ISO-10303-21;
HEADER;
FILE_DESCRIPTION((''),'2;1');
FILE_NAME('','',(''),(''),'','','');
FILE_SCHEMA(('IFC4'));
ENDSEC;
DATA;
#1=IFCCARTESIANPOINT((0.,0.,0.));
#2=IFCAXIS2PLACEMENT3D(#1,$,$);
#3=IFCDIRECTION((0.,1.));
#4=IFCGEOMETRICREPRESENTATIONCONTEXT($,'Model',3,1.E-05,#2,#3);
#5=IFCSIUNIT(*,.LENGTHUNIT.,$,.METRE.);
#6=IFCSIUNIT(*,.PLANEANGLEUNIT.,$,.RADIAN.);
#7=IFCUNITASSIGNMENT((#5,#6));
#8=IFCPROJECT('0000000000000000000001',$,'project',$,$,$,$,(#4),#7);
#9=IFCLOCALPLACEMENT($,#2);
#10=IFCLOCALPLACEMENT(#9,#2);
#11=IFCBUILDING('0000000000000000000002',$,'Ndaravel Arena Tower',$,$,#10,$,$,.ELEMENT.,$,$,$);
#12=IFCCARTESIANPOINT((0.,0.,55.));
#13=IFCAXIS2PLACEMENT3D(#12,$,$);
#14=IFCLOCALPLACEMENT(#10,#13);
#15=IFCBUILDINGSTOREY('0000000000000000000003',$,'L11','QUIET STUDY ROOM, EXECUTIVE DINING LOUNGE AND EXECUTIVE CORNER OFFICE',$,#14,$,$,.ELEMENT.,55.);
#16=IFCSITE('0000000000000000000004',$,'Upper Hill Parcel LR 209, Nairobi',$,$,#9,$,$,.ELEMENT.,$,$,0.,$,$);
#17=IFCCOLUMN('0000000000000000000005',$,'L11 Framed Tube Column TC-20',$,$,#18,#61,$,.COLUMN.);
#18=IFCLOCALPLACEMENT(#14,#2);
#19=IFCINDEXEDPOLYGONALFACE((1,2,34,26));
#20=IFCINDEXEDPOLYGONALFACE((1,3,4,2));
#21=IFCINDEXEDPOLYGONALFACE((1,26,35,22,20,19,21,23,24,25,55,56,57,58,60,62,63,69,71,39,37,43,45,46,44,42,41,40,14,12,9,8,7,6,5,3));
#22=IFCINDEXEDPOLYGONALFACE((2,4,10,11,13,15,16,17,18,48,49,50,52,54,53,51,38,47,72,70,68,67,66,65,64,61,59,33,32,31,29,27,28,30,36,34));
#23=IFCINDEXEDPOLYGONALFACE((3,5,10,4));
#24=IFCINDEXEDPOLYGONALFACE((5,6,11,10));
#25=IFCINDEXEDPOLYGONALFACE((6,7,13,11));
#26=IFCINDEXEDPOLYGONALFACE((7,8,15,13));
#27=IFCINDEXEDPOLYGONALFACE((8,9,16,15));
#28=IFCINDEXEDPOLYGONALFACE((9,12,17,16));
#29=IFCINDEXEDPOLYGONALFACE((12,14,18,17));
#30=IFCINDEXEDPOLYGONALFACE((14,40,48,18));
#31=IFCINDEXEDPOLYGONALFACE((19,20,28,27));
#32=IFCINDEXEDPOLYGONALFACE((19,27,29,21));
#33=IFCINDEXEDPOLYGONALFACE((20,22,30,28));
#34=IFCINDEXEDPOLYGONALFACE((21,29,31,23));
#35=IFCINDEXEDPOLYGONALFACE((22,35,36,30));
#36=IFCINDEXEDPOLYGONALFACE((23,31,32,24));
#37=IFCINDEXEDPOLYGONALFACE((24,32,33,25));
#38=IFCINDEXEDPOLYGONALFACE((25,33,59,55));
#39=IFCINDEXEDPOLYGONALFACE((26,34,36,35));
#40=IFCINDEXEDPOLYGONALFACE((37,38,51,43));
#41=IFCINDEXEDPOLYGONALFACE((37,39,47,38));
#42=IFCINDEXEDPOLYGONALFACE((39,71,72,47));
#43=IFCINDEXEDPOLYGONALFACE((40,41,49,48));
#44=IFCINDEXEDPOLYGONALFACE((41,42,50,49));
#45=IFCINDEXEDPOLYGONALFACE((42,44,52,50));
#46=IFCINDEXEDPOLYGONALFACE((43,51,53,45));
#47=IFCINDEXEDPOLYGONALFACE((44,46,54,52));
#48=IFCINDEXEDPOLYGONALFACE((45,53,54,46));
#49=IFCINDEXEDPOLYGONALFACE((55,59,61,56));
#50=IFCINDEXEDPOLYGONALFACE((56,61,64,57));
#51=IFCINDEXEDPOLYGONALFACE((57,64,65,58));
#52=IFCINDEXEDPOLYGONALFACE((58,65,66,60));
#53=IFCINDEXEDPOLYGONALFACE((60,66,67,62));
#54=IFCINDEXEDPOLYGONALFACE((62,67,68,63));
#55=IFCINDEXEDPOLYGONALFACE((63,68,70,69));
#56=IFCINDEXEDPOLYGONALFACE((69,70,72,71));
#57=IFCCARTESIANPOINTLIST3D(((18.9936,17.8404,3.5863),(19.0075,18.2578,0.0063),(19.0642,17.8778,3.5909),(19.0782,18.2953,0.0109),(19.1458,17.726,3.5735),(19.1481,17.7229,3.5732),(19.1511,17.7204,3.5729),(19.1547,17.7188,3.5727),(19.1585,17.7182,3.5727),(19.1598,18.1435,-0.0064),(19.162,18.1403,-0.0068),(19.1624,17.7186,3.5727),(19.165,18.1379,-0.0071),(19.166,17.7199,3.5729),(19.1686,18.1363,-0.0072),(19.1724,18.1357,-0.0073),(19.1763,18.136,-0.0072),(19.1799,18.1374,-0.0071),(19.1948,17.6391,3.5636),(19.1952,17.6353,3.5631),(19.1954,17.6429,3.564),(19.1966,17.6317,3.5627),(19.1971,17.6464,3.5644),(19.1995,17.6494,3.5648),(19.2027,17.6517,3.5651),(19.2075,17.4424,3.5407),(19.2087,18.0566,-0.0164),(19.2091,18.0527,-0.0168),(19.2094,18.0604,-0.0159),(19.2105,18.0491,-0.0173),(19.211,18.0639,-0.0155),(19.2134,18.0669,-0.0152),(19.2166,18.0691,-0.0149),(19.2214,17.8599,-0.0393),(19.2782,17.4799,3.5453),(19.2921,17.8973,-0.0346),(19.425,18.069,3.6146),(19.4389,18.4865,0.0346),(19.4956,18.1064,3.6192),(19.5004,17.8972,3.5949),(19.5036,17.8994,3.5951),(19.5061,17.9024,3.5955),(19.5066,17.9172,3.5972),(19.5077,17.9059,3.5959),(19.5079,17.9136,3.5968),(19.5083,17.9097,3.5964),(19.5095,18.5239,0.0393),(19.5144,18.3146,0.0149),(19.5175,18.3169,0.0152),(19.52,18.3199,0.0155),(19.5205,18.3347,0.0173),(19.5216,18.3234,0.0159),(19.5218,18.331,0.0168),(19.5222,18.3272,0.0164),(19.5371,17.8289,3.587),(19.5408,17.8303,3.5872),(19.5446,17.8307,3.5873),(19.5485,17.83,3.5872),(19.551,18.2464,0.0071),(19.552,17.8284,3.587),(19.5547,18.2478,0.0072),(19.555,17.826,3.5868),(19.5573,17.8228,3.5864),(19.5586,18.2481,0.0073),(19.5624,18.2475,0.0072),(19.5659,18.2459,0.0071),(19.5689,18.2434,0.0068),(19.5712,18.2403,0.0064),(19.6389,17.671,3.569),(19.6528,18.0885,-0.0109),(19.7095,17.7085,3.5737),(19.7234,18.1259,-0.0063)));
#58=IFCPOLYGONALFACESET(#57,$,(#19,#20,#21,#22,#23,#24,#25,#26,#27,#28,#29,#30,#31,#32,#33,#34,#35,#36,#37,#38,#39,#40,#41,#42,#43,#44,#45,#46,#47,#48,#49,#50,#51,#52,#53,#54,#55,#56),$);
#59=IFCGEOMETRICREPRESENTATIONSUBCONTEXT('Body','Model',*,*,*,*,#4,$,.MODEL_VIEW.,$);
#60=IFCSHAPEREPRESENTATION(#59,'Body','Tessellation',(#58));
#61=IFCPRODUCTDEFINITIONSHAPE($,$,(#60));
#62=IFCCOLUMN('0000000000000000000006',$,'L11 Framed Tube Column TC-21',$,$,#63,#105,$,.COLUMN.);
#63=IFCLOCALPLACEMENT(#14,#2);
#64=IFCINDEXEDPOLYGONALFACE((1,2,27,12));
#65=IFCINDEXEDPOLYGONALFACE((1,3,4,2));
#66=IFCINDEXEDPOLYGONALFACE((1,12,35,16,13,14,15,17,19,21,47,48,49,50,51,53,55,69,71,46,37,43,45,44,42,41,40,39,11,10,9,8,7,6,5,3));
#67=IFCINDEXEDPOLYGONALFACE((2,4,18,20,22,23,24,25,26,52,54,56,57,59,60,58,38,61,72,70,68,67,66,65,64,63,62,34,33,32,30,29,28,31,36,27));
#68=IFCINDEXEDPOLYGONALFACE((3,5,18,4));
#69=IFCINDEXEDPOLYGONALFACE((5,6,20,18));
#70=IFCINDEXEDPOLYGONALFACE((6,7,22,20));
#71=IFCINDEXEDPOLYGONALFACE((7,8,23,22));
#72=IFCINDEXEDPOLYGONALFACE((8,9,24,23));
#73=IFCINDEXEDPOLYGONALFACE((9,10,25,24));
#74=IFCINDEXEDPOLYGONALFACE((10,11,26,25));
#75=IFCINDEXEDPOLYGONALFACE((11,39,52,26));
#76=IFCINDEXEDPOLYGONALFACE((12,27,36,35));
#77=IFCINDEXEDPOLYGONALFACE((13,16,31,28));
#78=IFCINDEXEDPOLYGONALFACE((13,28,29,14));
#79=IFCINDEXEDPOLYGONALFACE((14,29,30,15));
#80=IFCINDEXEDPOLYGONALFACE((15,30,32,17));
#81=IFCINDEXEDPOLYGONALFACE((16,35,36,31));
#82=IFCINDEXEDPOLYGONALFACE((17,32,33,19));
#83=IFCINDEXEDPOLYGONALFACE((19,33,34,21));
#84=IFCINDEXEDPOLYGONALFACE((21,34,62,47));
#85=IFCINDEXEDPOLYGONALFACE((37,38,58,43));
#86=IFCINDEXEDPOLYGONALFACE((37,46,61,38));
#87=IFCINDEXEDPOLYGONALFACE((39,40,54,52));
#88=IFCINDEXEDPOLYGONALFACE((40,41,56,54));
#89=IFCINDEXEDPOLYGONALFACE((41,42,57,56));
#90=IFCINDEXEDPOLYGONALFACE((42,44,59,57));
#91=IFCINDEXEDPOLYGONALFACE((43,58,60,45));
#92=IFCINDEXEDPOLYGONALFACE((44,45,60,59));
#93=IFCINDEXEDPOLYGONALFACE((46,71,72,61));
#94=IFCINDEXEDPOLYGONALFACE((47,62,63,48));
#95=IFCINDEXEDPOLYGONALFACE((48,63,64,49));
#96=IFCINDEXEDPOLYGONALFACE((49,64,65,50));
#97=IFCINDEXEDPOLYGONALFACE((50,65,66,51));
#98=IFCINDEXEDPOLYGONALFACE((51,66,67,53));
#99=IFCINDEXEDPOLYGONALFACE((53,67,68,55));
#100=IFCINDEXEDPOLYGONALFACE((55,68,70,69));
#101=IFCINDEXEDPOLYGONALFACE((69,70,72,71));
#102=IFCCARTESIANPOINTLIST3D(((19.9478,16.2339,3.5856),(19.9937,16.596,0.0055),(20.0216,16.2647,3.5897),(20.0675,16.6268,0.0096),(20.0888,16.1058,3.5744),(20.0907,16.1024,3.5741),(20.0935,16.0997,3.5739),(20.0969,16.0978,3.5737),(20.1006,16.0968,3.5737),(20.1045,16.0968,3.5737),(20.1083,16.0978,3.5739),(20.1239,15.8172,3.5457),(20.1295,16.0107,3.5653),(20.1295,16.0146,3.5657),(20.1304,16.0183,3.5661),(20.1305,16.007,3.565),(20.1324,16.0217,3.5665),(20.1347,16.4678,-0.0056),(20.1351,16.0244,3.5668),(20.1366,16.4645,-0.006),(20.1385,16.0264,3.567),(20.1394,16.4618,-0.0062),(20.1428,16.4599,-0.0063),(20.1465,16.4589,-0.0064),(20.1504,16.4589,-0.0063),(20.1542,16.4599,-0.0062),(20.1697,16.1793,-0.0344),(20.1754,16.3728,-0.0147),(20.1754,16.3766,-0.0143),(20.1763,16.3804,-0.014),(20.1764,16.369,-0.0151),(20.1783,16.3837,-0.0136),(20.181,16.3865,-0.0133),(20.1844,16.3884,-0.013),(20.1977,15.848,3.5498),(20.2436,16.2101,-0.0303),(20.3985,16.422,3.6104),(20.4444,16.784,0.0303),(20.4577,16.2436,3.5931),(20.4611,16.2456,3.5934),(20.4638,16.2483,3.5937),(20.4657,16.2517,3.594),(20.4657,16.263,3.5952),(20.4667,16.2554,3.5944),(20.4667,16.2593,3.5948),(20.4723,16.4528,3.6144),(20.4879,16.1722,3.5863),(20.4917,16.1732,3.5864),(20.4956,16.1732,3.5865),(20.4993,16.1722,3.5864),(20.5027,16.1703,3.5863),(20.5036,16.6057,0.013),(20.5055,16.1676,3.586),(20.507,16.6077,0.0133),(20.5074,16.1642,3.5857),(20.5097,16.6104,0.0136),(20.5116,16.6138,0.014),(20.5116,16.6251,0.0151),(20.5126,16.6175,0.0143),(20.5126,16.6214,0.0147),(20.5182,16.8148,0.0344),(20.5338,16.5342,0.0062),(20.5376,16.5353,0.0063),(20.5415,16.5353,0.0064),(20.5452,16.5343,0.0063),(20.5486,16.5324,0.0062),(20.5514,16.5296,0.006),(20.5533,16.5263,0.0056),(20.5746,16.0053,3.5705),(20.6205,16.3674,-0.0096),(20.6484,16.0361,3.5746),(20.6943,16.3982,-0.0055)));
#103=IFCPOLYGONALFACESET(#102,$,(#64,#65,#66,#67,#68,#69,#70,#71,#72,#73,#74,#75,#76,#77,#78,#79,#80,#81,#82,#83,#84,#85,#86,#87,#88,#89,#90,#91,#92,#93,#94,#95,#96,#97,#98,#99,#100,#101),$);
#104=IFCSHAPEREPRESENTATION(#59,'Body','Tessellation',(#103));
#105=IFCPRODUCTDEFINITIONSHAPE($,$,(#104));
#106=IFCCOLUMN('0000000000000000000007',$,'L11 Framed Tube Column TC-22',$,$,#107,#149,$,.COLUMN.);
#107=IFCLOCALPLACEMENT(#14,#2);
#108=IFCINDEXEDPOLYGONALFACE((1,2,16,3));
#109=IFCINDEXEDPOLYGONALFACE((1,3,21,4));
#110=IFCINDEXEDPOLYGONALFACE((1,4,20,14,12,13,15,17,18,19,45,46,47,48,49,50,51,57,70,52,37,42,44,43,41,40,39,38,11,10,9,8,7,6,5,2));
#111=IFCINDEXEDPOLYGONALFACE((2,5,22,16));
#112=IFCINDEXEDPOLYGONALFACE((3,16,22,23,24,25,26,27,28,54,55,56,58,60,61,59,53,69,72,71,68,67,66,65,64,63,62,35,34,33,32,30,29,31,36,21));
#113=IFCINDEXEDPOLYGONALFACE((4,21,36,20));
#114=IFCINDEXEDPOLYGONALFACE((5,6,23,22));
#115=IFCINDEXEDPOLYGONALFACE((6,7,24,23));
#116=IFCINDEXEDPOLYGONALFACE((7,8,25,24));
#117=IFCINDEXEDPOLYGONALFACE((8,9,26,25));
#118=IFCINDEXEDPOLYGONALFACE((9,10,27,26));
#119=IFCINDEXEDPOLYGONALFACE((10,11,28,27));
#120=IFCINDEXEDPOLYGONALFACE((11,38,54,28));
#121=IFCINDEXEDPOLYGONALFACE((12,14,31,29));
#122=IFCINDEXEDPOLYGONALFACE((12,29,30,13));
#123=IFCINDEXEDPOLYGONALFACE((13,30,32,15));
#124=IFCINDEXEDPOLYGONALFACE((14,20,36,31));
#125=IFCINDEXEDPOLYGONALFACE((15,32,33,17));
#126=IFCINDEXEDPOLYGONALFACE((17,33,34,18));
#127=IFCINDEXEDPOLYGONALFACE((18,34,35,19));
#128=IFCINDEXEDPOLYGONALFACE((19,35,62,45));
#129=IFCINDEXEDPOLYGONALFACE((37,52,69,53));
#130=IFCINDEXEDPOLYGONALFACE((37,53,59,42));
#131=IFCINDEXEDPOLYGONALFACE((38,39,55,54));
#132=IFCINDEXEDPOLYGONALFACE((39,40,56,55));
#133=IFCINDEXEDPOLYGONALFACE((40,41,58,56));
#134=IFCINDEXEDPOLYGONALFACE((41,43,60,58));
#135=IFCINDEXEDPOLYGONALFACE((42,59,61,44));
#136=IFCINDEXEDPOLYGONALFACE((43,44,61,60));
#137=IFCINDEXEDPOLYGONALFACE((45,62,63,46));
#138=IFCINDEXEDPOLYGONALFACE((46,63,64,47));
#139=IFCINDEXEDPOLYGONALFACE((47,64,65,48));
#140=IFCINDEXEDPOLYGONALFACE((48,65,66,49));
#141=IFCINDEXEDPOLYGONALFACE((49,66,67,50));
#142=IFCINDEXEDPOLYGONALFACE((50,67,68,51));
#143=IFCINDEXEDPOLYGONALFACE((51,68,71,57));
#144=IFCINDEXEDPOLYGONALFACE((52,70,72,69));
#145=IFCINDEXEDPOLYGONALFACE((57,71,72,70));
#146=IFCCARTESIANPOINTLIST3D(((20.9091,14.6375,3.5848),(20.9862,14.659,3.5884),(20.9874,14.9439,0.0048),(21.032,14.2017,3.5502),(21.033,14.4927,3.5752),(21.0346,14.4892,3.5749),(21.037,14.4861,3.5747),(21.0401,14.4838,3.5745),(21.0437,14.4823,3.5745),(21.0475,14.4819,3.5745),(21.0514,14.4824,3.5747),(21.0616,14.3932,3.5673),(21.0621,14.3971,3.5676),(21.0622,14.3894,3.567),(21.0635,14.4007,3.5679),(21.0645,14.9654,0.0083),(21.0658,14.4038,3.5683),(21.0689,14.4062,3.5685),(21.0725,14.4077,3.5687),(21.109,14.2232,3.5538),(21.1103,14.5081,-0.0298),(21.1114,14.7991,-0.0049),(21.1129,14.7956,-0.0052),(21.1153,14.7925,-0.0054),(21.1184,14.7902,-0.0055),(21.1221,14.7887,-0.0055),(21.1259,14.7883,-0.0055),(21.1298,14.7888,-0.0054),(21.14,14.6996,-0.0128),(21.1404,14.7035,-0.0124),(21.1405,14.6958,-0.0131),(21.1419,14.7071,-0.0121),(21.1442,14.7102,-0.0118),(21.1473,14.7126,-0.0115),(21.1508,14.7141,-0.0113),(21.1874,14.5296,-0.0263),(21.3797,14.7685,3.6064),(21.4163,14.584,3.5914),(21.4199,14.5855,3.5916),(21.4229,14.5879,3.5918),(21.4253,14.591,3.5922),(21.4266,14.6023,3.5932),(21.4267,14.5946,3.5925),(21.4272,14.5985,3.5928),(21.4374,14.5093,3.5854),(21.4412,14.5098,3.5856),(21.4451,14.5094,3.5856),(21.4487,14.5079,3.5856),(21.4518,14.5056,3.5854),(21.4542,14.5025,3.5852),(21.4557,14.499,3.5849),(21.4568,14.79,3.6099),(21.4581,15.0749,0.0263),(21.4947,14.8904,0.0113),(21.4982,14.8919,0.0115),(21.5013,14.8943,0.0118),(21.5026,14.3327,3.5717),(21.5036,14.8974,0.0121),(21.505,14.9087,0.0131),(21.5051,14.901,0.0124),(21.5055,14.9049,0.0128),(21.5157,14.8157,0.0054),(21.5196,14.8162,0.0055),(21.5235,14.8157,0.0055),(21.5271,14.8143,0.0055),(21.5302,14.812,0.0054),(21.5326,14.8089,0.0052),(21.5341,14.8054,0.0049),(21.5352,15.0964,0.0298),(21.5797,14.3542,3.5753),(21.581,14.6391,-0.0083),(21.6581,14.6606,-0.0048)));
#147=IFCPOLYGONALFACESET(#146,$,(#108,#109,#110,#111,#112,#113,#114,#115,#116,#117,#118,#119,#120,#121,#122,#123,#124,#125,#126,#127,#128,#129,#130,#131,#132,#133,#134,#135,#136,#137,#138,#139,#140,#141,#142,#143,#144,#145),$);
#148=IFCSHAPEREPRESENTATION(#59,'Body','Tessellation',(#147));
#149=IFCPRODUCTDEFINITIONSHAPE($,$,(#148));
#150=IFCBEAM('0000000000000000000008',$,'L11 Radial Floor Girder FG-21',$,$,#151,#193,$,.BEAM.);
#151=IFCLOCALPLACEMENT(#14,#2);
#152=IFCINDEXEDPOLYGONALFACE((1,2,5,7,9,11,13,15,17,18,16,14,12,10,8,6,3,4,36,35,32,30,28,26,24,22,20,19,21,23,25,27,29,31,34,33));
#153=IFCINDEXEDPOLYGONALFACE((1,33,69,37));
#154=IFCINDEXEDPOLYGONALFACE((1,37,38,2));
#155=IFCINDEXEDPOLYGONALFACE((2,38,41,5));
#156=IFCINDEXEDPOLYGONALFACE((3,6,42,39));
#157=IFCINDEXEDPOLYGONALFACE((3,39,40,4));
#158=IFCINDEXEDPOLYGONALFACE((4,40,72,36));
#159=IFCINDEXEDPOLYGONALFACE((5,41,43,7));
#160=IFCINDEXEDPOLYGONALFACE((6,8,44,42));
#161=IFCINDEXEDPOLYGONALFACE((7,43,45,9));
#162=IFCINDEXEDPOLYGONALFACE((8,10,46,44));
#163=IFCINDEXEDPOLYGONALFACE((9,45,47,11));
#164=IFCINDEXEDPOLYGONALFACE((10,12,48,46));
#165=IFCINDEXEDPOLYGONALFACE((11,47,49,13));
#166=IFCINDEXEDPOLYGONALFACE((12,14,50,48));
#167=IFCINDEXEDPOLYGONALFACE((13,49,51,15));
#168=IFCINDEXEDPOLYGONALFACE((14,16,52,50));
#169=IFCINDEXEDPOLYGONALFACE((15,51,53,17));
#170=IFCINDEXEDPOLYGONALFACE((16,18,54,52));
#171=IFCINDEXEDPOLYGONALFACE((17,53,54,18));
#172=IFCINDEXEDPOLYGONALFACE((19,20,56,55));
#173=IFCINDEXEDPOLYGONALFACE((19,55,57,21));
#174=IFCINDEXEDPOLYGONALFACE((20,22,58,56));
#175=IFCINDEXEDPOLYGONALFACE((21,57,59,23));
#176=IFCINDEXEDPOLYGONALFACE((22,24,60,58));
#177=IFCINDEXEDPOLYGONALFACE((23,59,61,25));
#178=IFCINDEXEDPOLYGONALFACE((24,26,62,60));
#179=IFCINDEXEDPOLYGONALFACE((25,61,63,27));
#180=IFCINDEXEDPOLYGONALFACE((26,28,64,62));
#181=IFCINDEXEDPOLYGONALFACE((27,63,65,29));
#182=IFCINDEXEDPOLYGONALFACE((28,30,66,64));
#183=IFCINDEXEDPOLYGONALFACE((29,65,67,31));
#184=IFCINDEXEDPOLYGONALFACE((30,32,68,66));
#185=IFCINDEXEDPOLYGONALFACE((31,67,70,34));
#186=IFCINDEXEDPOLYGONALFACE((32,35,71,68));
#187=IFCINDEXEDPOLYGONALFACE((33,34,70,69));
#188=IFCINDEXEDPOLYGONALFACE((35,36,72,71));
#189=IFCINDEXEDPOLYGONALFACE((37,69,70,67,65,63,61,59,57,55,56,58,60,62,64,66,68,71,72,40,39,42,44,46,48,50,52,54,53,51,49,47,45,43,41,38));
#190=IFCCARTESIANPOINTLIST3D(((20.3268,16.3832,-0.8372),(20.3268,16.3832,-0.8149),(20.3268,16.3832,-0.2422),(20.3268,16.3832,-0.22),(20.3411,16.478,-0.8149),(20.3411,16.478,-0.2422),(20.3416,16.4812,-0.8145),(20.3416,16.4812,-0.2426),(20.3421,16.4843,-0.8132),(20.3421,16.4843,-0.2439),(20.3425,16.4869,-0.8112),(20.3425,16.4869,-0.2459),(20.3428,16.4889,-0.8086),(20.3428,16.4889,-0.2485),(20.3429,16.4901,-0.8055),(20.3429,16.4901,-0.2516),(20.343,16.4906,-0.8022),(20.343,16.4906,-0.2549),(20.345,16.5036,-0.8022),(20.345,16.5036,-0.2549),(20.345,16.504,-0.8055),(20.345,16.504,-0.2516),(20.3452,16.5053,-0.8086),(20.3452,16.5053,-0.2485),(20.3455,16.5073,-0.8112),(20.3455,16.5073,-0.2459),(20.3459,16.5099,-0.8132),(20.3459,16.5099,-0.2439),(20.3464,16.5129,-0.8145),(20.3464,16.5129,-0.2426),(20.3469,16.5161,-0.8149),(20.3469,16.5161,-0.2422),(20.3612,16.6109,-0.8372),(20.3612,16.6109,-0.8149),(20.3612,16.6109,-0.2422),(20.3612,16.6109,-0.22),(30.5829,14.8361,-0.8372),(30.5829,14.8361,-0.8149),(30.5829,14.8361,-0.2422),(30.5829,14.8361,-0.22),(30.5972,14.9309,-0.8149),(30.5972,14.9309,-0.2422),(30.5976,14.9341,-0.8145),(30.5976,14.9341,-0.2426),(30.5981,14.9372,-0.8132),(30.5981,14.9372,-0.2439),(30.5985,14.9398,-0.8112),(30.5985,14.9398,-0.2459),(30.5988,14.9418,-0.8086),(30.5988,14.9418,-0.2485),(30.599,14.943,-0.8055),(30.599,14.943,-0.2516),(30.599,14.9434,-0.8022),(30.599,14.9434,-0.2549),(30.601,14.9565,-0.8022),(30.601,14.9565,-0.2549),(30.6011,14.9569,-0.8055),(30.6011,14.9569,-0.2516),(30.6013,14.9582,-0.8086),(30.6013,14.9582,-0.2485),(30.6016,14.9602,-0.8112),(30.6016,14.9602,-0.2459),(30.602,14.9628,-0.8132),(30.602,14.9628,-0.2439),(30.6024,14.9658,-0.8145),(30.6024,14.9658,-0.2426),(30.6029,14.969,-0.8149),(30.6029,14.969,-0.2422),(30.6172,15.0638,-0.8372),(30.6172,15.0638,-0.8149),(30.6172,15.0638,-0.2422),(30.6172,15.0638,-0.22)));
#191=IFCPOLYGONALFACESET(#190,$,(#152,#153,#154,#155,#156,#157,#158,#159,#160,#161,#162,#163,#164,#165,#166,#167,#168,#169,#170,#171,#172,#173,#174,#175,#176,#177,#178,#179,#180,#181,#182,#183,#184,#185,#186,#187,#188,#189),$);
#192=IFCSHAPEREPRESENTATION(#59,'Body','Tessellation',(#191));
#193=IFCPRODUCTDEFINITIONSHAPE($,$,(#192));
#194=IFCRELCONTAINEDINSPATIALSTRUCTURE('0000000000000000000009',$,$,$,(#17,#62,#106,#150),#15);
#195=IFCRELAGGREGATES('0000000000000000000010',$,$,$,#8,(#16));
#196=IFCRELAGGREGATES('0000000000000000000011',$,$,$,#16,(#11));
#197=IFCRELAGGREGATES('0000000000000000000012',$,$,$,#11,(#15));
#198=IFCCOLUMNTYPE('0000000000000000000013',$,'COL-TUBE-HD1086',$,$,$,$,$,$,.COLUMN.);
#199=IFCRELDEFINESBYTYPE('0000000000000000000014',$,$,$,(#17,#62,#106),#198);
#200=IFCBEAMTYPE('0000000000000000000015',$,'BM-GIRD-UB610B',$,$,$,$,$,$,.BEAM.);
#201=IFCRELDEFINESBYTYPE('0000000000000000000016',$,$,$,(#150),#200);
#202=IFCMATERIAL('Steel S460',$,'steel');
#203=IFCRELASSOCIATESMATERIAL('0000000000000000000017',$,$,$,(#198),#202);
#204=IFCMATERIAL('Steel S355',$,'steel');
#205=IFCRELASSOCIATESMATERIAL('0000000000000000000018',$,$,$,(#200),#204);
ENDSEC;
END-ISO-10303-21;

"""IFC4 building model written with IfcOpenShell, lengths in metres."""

from ifc_helpers import new_model, si_unit, direction, frame, origin, origin_2d, place, context, subcontext, project, spatial, i_section, extrude, material, material_profile, profile_set, type_object, element, save


model = new_model("IFC4")

# Units and contexts
model_context = context("Model", 3, precision=1e-05, world=origin(), true_north=direction((0.0, 1.0)))
body_context = subcontext(model_context, "Body", "Model", "MODEL_VIEW")
ifc_project = project(units=[si_unit("LENGTHUNIT", "METRE"), si_unit("PLANEANGLEUNIT", "RADIAN")], contexts=[model_context])

# Site, building, storey
site_placement = place(None, origin())
site = spatial("IfcSite", under=ifc_project, at=site_placement, Name="Upper Hill Parcel LR 209, Nairobi", CompositionType="ELEMENT", RefElevation=0.0)
building_placement = place(site_placement, origin())
building = spatial("IfcBuilding", under=site, at=building_placement, Name="Ndaravel Arena Tower", CompositionType="ELEMENT")
storey_placement = place(building_placement, frame((0.0, 0.0, 55.0)))
storey = spatial("IfcBuildingStorey", under=building, at=storey_placement, Name="L11", Description="QUIET STUDY ROOM, EXECUTIVE DINING LOUNGE AND EXECUTIVE CORNER OFFICE", CompositionType="ELEMENT", Elevation=55.0)

# Columns
ifc_material_1 = material(Name="Steel S460", Category="steel")
ifc_material_profile_1 = material_profile(ifc_material_1, i_section(OverallWidth=0.4541, OverallDepth=0.5691, WebThickness=0.0779, FlangeThickness=0.0801, FilletRadius=0.0149, at=origin_2d()), Name="HD 400x1086")
ifc_profile_set_1 = profile_set([ifc_material_profile_1], Name="Steel S460")
column_type = type_object("IfcColumnType", Name="COL-TUBE-HD1086", PredefinedType="COLUMN", material=ifc_profile_set_1)
column_1_placement = place(storey_placement, frame((19.3655, 18.1919, 0.0), z_axis=(-0.003861, -0.115826, 0.993262), x_axis=(-0.471065, 0.87637, 0.100364)))
element("IfcColumn", 1, at=column_1_placement, inside=storey, type_object=column_type, Name="L11 Framed Tube Column TC-20", PredefinedType="COLUMN", context=body_context, shape_type="SweptSolid", body=[
    extrude(i_section(OverallWidth=0.4541, OverallDepth=0.5691, WebThickness=0.0779, FlangeThickness=0.0801, FilletRadius=0.0149, at=origin_2d()), origin(), (0.0, 0.0, 1.0), 3.6042),
])
column_2_placement = place(storey_placement, frame((20.344, 16.4971, 0.0), z_axis=(-0.012754, -0.100611, 0.994844), x_axis=(-0.387677, 0.917601, 0.087829)))
element("IfcColumn", 2, at=column_2_placement, inside=storey, type_object=column_type, Name="L11 Framed Tube Column TC-21", PredefinedType="COLUMN", context=body_context, shape_type="SweptSolid", body=[
    extrude(i_section(OverallWidth=0.4541, OverallDepth=0.5691, WebThickness=0.0779, FlangeThickness=0.0801, FilletRadius=0.0149, at=origin_2d()), origin(), (0.0, 0.0, 1.0), 3.5986),
])
column_3_placement = place(storey_placement, frame((21.3228, 14.8022, 0.0), z_axis=(-0.021805, -0.085252, 0.996121), x_axis=(-0.270637, 0.95966, 0.076207)))
element("IfcColumn", 3, at=column_3_placement, inside=storey, type_object=column_type, Name="L11 Framed Tube Column TC-22", PredefinedType="COLUMN", context=body_context, shape_type="SweptSolid", body=[
    extrude(i_section(OverallWidth=0.4541, OverallDepth=0.5691, WebThickness=0.0779, FlangeThickness=0.0801, FilletRadius=0.0149, at=origin_2d()), origin(), (0.0, 0.0, 1.0), 3.594),
])

# Beam
ifc_material_2 = material(Name="Steel S355", Category="steel")
ifc_material_profile_2 = material_profile(ifc_material_2, i_section(OverallWidth=0.2302, OverallDepth=0.6172, WebThickness=0.0132, FlangeThickness=0.0222, FilletRadius=0.0127, at=origin_2d()), Name="UB 610x229x140")
ifc_profile_set_2 = profile_set([ifc_material_profile_2], Name="Steel S355")
beam_type_1 = type_object("IfcBeamType", Name="BM-GIRD-UB610B", PredefinedType="BEAM", material=ifc_profile_set_2)
beam_1_placement = place(storey_placement, frame((20.344, 16.4971, -0.5286), z_axis=(0.988813, -0.149161, 0.0), x_axis=(0.149161, 0.988813, 0.0)))
element("IfcBeam", 4, at=beam_1_placement, inside=storey, type_object=beam_type_1, Name="L11 Radial Floor Girder FG-21", PredefinedType="BEAM", context=body_context, shape_type="SweptSolid", body=[
    extrude(i_section(OverallWidth=0.2302, OverallDepth=0.6172, WebThickness=0.0132, FlangeThickness=0.0222, FilletRadius=0.0127, at=origin_2d()), origin(), (0.0, 0.0, 1.0), 10.3721),
])

save(model, "model.ifc")
